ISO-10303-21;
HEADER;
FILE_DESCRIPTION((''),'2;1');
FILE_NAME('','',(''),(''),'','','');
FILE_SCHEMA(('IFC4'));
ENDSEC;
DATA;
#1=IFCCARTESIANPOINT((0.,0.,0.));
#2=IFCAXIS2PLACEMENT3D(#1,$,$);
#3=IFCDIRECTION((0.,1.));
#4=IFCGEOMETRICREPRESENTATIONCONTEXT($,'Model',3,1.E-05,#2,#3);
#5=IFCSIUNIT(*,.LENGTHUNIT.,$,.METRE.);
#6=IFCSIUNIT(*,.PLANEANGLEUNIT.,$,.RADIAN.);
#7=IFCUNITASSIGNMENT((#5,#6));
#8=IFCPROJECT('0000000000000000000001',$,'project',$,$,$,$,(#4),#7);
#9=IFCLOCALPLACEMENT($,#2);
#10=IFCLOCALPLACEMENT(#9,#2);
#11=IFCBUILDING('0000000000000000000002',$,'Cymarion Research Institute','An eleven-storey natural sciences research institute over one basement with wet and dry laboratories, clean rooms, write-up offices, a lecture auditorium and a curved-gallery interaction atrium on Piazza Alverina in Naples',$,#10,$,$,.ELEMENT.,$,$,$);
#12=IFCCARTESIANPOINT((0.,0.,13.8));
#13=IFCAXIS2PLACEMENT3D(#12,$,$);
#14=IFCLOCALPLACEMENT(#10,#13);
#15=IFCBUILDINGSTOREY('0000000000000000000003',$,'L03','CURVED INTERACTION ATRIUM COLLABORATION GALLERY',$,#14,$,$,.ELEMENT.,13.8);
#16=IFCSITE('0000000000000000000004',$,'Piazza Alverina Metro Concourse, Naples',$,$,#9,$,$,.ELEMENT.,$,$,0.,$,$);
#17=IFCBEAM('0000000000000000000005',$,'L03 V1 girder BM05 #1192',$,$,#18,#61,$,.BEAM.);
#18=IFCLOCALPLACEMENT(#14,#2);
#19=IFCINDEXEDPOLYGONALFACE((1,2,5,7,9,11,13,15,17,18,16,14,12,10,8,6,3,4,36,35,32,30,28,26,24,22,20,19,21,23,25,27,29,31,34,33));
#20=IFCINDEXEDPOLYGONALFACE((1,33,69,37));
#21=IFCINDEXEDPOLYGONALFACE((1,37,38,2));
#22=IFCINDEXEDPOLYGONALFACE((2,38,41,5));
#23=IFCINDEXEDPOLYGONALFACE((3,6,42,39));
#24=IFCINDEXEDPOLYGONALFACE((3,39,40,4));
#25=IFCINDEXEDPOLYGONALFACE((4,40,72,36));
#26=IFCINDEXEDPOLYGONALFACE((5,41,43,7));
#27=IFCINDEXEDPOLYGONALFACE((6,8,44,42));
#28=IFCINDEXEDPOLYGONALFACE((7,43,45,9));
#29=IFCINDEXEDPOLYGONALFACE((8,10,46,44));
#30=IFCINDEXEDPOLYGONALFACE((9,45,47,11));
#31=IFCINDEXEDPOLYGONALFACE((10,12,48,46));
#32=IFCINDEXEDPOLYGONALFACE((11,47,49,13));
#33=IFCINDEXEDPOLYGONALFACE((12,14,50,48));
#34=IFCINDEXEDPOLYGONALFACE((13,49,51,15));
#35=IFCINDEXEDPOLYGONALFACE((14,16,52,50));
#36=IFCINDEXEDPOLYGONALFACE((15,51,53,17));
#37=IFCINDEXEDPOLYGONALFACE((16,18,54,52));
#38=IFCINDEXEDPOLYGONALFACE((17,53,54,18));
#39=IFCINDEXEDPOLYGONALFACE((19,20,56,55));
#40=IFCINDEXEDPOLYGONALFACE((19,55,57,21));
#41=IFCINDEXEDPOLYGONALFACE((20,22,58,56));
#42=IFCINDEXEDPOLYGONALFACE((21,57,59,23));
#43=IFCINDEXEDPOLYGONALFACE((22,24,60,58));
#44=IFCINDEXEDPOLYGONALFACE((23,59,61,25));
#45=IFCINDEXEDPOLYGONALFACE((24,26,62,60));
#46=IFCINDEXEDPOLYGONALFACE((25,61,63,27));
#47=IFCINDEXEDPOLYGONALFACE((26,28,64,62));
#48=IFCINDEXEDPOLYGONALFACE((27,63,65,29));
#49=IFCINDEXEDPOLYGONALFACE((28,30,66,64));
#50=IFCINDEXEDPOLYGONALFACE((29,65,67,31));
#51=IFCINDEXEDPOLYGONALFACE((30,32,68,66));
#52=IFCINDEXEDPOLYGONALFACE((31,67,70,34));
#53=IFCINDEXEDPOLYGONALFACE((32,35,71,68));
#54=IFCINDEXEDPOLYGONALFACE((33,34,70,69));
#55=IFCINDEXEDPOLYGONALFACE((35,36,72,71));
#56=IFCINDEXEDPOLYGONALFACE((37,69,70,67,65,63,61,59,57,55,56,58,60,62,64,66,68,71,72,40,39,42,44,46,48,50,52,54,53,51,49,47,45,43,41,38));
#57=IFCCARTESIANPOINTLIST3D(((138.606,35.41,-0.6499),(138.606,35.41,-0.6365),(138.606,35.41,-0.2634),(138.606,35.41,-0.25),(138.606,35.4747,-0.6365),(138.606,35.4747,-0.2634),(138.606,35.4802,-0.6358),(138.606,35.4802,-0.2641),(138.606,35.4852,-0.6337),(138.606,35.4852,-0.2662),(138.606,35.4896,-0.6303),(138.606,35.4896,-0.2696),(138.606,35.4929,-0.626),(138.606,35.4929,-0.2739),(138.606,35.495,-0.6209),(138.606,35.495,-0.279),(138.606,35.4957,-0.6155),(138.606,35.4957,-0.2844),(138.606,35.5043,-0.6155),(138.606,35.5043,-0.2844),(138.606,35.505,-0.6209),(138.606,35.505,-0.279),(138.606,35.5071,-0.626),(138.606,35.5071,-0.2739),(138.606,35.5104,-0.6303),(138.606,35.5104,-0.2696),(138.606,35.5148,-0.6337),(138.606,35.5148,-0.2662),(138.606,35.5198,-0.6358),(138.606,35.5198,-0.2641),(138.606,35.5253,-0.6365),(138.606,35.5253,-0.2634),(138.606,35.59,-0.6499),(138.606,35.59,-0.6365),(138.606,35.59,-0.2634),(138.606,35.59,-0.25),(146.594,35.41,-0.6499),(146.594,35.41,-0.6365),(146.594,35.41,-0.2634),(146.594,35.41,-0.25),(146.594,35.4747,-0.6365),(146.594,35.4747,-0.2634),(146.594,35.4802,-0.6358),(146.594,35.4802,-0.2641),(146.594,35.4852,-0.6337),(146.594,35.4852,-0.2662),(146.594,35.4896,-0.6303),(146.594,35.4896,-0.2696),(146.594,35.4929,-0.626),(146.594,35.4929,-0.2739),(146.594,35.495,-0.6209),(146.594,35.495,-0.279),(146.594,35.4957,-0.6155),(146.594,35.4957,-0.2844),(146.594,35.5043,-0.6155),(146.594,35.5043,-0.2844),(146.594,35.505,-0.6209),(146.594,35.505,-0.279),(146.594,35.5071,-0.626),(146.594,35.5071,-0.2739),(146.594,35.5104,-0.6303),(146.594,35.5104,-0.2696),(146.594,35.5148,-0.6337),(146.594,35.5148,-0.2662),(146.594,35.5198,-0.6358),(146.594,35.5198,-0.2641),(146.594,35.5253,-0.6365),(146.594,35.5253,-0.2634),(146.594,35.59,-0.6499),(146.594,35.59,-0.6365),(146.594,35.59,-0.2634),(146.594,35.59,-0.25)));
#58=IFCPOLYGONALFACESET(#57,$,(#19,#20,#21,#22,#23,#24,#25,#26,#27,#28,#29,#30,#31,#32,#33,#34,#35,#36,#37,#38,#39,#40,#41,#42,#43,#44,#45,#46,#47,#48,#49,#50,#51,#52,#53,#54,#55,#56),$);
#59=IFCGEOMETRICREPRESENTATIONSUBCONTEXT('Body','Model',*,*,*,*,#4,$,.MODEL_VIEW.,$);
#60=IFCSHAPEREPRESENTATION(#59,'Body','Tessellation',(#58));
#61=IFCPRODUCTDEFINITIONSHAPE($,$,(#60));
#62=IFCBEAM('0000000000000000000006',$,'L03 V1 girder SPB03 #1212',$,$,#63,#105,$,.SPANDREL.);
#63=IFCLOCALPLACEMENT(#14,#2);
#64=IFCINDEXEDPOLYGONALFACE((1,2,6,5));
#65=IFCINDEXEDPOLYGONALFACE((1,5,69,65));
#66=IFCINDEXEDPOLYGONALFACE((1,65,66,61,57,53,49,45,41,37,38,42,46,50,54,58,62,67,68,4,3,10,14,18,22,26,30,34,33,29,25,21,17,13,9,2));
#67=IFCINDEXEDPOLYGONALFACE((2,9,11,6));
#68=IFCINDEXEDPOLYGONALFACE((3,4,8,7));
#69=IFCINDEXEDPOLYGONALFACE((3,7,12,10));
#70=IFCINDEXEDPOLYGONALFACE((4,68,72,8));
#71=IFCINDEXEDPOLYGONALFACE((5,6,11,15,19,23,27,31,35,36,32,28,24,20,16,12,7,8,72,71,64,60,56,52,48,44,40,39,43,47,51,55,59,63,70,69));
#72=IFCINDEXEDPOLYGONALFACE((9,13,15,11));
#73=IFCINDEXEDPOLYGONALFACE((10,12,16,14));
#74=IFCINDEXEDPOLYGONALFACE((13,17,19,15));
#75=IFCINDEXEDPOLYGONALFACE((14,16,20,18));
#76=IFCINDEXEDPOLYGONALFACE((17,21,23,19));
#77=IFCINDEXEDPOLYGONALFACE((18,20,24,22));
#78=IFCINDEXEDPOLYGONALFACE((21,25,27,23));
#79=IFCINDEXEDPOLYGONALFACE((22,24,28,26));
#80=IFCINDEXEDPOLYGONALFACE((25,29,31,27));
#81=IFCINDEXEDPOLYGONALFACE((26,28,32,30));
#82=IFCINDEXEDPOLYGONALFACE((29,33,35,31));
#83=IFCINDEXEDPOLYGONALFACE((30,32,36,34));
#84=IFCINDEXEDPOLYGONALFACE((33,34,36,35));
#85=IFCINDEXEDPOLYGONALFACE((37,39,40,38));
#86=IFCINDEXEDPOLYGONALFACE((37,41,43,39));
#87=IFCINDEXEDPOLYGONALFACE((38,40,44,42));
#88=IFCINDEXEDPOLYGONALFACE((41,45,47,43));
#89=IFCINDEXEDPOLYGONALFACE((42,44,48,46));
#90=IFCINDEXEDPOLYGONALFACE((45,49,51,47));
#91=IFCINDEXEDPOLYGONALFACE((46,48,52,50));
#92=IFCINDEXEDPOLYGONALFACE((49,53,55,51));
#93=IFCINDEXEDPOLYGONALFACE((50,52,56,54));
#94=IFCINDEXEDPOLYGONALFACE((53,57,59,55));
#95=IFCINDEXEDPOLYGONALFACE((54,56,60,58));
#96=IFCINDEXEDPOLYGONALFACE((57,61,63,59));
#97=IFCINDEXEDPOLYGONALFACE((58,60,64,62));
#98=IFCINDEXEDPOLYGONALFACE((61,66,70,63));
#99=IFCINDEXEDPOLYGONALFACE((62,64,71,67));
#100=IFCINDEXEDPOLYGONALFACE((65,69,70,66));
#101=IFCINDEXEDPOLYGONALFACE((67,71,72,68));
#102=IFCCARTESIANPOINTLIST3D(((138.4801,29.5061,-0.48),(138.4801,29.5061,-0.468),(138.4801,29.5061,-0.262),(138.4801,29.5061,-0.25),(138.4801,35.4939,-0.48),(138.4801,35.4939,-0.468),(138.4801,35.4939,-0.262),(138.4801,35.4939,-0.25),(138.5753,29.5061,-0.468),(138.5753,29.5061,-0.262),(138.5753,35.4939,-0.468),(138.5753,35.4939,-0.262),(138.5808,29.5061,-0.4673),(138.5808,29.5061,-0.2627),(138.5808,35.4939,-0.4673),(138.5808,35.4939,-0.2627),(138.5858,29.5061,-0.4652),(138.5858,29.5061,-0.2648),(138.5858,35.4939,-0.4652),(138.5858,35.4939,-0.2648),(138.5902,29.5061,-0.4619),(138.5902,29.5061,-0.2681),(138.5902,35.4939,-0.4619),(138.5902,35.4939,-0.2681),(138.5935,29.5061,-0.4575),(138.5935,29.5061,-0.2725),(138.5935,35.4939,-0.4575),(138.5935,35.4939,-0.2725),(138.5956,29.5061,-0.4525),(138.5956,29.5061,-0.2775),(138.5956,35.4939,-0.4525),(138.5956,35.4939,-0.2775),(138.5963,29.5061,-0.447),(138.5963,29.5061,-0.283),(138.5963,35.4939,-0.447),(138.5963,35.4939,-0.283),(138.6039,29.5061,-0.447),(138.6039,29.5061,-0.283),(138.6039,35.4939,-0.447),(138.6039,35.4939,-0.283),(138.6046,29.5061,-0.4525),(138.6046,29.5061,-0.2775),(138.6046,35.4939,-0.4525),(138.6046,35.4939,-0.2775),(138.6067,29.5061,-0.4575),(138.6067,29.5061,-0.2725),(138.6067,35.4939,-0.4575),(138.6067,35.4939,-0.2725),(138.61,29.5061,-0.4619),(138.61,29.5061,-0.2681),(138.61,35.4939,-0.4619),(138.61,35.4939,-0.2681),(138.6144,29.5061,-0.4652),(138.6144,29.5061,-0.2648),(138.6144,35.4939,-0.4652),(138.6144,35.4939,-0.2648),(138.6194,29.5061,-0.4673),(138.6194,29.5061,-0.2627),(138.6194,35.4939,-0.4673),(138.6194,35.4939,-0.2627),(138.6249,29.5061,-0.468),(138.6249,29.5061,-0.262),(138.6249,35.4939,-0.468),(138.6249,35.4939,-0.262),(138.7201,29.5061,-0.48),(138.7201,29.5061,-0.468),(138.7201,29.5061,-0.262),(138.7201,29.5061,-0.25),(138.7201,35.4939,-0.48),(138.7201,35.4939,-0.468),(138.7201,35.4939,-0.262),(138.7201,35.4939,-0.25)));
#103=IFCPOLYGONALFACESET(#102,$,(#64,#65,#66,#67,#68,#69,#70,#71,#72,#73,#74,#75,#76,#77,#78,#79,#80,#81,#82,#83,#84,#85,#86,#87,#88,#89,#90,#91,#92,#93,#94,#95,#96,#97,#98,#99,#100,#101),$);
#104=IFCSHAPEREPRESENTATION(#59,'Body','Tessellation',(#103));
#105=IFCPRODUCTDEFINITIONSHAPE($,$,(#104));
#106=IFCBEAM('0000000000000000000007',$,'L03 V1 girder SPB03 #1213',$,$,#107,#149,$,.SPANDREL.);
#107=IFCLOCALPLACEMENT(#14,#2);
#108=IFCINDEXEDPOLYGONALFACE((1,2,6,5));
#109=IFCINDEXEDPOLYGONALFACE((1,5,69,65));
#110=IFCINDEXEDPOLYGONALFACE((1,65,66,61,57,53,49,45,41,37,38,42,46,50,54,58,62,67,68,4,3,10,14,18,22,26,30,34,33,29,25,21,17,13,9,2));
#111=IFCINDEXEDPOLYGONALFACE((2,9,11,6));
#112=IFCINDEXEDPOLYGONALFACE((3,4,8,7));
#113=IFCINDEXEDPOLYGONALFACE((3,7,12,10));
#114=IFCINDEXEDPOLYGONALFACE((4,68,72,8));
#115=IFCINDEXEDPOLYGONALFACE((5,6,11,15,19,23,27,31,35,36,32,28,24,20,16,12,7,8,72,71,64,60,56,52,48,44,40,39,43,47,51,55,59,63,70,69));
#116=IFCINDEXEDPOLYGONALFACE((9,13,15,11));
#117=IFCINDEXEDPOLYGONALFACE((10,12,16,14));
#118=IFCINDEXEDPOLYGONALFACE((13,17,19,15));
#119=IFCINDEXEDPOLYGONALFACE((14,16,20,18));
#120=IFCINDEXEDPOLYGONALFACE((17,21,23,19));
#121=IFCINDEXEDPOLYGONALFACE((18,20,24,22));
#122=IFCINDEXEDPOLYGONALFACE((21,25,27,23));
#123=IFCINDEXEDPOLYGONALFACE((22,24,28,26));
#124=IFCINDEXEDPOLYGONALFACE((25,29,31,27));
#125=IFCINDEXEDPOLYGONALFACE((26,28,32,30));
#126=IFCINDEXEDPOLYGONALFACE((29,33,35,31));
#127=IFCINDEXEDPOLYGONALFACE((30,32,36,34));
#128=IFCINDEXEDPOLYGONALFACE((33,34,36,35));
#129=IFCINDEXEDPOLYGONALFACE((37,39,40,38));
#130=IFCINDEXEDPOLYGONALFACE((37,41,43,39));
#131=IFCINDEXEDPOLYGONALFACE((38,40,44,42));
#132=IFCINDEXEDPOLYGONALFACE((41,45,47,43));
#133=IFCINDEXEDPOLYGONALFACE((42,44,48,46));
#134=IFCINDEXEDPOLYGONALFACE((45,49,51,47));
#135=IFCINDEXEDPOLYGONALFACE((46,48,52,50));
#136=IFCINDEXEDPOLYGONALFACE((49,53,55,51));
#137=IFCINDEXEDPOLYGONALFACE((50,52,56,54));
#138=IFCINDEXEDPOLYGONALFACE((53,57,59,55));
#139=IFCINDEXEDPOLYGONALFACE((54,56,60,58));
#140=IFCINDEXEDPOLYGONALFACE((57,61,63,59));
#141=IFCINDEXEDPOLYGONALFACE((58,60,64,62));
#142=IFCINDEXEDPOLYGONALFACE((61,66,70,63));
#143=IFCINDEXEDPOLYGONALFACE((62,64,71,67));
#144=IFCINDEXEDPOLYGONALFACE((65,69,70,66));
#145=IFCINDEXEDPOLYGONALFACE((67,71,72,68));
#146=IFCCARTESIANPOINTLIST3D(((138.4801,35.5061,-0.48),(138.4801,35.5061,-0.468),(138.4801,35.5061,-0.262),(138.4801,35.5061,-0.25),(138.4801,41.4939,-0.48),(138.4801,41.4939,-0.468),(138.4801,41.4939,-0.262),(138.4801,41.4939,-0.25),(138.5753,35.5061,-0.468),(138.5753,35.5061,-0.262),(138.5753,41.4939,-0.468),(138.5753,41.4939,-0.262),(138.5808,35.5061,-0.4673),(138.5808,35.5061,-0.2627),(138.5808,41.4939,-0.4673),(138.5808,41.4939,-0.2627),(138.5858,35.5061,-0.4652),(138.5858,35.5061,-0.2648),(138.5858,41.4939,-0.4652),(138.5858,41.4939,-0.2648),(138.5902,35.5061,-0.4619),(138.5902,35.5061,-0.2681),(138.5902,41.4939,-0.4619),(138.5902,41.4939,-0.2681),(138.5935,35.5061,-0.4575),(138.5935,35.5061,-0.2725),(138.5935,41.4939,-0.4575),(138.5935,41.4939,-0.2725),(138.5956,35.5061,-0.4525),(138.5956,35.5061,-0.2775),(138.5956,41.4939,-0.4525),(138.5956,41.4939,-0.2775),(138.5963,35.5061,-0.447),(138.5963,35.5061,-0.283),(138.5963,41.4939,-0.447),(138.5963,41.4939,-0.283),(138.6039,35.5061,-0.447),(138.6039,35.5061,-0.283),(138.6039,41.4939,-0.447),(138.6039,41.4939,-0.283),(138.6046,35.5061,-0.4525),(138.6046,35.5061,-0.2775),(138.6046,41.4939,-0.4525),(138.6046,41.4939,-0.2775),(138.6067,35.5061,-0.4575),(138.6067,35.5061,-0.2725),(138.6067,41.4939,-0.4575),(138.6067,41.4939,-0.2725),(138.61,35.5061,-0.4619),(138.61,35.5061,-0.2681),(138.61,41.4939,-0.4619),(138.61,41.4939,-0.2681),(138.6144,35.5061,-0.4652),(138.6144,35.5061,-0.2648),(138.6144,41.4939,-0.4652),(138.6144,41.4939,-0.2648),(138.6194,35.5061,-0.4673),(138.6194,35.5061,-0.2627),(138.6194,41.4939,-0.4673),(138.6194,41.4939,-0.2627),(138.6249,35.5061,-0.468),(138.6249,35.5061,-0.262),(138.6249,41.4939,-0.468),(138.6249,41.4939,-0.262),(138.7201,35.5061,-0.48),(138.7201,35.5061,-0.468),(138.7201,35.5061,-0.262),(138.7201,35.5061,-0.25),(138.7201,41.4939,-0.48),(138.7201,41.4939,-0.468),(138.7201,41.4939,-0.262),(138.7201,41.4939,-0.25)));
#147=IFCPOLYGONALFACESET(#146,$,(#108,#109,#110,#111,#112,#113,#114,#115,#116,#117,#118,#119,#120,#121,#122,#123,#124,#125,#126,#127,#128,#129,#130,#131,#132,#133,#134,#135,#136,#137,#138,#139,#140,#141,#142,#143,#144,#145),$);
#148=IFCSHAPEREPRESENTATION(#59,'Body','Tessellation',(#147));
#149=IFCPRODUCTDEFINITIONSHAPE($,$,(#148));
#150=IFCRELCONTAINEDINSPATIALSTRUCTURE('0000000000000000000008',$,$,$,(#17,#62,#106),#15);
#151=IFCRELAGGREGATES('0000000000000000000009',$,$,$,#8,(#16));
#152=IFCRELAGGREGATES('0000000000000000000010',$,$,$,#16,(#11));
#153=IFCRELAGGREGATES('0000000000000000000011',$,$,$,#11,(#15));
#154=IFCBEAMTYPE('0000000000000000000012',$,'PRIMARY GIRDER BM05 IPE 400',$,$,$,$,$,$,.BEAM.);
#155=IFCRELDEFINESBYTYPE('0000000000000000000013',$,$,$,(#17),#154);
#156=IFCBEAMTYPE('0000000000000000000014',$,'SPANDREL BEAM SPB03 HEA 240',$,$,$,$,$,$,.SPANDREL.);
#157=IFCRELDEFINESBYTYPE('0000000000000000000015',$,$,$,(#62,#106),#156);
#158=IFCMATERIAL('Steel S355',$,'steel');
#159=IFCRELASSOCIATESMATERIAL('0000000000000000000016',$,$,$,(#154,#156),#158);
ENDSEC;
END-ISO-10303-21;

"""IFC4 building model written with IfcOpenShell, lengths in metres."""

from ifc_helpers import new_model, si_unit, direction, frame, origin, origin_2d, place, context, subcontext, project, spatial, i_section, extrude, material, material_profile, profile_set, type_object, element, save


model = new_model("IFC4")

# Units and contexts
model_context = context("Model", 3, precision=1e-05, world=origin(), true_north=direction((0.0, 1.0)))
body_context = subcontext(model_context, "Body", "Model", "MODEL_VIEW")
ifc_project = project(units=[si_unit("LENGTHUNIT", "METRE"), si_unit("PLANEANGLEUNIT", "RADIAN")], contexts=[model_context])

# Site, building, storey
site_placement = place(None, origin())
site = spatial("IfcSite", under=ifc_project, at=site_placement, Name="Piazza Alverina Metro Concourse, Naples", CompositionType="ELEMENT", RefElevation=0.0)
building_placement = place(site_placement, origin())
building = spatial("IfcBuilding", under=site, at=building_placement, Name="Cymarion Research Institute", Description="An eleven-storey natural sciences research institute over one basement with wet and dry laboratories, clean rooms, write-up offices, a lecture auditorium and a curved-gallery interaction atrium on Piazza Alverina in Naples", CompositionType="ELEMENT")
storey_placement = place(building_placement, frame((0.0, 0.0, 13.8)))
storey = spatial("IfcBuildingStorey", under=building, at=storey_placement, Name="L03", Description="CURVED INTERACTION ATRIUM COLLABORATION GALLERY", CompositionType="ELEMENT", Elevation=13.8)

# Shared definitions
ifc_material_1 = material(Name="Steel S355", Category="steel")

# Beams
ifc_material_profile_1 = material_profile(ifc_material_1, i_section(OverallWidth=0.1799, OverallDepth=0.3999, WebThickness=0.0085, FlangeThickness=0.0134, FilletRadius=0.021, at=origin_2d()), Name="IPE 400")
ifc_profile_set_1 = profile_set([ifc_material_profile_1], Name="Steel S355")
beam_type_1 = type_object("IfcBeamType", Name="PRIMARY GIRDER BM05 IPE 400", PredefinedType="BEAM", material=ifc_profile_set_1)
for number, where, z_axis, x_axis, name in (
    (1, (138.606, 35.5, -0.45), (1.0, 0.0, 0.0), (0.0, 1.0, 0.0), "L03 V1 girder BM05 #1192"),
):
    element("IfcBeam", number, at=place(storey_placement, frame(where, z_axis=z_axis, x_axis=x_axis)), inside=storey, type_object=beam_type_1, Name=name, PredefinedType="BEAM", context=body_context, shape_type="SweptSolid", body=[
        extrude(i_section(OverallWidth=0.1799, OverallDepth=0.3999, WebThickness=0.0085, FlangeThickness=0.0134, FilletRadius=0.021, at=origin_2d()), origin(), (0.0, 0.0, 1.0), 7.988),
    ])
ifc_material_profile_2 = material_profile(ifc_material_1, i_section(OverallWidth=0.24, OverallDepth=0.23, WebThickness=0.0076, FlangeThickness=0.012, FilletRadius=0.021, at=origin_2d()), Name="HEA 240")
ifc_profile_set_2 = profile_set([ifc_material_profile_2], Name="Steel S355")
beam_type_2 = type_object("IfcBeamType", Name="SPANDREL BEAM SPB03 HEA 240", PredefinedType="SPANDREL", material=ifc_profile_set_2)
for number, where, z_axis, x_axis, name in (
    (2, (138.6001, 29.5061, -0.365), (0.0, 1.0, 0.0), (-1.0, 0.0, 0.0), "L03 V1 girder SPB03 #1212"),
    (3, (138.6001, 35.5061, -0.365), (0.0, 1.0, 0.0), (-1.0, 0.0, 0.0), "L03 V1 girder SPB03 #1213"),
):
    element("IfcBeam", number, at=place(storey_placement, frame(where, z_axis=z_axis, x_axis=x_axis)), inside=storey, type_object=beam_type_2, Name=name, PredefinedType="SPANDREL", context=body_context, shape_type="SweptSolid", body=[
        extrude(i_section(OverallWidth=0.24, OverallDepth=0.23, WebThickness=0.0076, FlangeThickness=0.012, FilletRadius=0.021, at=origin_2d()), origin(), (0.0, 0.0, 1.0), 5.9878),
    ])

save(model, "model.ifc")
